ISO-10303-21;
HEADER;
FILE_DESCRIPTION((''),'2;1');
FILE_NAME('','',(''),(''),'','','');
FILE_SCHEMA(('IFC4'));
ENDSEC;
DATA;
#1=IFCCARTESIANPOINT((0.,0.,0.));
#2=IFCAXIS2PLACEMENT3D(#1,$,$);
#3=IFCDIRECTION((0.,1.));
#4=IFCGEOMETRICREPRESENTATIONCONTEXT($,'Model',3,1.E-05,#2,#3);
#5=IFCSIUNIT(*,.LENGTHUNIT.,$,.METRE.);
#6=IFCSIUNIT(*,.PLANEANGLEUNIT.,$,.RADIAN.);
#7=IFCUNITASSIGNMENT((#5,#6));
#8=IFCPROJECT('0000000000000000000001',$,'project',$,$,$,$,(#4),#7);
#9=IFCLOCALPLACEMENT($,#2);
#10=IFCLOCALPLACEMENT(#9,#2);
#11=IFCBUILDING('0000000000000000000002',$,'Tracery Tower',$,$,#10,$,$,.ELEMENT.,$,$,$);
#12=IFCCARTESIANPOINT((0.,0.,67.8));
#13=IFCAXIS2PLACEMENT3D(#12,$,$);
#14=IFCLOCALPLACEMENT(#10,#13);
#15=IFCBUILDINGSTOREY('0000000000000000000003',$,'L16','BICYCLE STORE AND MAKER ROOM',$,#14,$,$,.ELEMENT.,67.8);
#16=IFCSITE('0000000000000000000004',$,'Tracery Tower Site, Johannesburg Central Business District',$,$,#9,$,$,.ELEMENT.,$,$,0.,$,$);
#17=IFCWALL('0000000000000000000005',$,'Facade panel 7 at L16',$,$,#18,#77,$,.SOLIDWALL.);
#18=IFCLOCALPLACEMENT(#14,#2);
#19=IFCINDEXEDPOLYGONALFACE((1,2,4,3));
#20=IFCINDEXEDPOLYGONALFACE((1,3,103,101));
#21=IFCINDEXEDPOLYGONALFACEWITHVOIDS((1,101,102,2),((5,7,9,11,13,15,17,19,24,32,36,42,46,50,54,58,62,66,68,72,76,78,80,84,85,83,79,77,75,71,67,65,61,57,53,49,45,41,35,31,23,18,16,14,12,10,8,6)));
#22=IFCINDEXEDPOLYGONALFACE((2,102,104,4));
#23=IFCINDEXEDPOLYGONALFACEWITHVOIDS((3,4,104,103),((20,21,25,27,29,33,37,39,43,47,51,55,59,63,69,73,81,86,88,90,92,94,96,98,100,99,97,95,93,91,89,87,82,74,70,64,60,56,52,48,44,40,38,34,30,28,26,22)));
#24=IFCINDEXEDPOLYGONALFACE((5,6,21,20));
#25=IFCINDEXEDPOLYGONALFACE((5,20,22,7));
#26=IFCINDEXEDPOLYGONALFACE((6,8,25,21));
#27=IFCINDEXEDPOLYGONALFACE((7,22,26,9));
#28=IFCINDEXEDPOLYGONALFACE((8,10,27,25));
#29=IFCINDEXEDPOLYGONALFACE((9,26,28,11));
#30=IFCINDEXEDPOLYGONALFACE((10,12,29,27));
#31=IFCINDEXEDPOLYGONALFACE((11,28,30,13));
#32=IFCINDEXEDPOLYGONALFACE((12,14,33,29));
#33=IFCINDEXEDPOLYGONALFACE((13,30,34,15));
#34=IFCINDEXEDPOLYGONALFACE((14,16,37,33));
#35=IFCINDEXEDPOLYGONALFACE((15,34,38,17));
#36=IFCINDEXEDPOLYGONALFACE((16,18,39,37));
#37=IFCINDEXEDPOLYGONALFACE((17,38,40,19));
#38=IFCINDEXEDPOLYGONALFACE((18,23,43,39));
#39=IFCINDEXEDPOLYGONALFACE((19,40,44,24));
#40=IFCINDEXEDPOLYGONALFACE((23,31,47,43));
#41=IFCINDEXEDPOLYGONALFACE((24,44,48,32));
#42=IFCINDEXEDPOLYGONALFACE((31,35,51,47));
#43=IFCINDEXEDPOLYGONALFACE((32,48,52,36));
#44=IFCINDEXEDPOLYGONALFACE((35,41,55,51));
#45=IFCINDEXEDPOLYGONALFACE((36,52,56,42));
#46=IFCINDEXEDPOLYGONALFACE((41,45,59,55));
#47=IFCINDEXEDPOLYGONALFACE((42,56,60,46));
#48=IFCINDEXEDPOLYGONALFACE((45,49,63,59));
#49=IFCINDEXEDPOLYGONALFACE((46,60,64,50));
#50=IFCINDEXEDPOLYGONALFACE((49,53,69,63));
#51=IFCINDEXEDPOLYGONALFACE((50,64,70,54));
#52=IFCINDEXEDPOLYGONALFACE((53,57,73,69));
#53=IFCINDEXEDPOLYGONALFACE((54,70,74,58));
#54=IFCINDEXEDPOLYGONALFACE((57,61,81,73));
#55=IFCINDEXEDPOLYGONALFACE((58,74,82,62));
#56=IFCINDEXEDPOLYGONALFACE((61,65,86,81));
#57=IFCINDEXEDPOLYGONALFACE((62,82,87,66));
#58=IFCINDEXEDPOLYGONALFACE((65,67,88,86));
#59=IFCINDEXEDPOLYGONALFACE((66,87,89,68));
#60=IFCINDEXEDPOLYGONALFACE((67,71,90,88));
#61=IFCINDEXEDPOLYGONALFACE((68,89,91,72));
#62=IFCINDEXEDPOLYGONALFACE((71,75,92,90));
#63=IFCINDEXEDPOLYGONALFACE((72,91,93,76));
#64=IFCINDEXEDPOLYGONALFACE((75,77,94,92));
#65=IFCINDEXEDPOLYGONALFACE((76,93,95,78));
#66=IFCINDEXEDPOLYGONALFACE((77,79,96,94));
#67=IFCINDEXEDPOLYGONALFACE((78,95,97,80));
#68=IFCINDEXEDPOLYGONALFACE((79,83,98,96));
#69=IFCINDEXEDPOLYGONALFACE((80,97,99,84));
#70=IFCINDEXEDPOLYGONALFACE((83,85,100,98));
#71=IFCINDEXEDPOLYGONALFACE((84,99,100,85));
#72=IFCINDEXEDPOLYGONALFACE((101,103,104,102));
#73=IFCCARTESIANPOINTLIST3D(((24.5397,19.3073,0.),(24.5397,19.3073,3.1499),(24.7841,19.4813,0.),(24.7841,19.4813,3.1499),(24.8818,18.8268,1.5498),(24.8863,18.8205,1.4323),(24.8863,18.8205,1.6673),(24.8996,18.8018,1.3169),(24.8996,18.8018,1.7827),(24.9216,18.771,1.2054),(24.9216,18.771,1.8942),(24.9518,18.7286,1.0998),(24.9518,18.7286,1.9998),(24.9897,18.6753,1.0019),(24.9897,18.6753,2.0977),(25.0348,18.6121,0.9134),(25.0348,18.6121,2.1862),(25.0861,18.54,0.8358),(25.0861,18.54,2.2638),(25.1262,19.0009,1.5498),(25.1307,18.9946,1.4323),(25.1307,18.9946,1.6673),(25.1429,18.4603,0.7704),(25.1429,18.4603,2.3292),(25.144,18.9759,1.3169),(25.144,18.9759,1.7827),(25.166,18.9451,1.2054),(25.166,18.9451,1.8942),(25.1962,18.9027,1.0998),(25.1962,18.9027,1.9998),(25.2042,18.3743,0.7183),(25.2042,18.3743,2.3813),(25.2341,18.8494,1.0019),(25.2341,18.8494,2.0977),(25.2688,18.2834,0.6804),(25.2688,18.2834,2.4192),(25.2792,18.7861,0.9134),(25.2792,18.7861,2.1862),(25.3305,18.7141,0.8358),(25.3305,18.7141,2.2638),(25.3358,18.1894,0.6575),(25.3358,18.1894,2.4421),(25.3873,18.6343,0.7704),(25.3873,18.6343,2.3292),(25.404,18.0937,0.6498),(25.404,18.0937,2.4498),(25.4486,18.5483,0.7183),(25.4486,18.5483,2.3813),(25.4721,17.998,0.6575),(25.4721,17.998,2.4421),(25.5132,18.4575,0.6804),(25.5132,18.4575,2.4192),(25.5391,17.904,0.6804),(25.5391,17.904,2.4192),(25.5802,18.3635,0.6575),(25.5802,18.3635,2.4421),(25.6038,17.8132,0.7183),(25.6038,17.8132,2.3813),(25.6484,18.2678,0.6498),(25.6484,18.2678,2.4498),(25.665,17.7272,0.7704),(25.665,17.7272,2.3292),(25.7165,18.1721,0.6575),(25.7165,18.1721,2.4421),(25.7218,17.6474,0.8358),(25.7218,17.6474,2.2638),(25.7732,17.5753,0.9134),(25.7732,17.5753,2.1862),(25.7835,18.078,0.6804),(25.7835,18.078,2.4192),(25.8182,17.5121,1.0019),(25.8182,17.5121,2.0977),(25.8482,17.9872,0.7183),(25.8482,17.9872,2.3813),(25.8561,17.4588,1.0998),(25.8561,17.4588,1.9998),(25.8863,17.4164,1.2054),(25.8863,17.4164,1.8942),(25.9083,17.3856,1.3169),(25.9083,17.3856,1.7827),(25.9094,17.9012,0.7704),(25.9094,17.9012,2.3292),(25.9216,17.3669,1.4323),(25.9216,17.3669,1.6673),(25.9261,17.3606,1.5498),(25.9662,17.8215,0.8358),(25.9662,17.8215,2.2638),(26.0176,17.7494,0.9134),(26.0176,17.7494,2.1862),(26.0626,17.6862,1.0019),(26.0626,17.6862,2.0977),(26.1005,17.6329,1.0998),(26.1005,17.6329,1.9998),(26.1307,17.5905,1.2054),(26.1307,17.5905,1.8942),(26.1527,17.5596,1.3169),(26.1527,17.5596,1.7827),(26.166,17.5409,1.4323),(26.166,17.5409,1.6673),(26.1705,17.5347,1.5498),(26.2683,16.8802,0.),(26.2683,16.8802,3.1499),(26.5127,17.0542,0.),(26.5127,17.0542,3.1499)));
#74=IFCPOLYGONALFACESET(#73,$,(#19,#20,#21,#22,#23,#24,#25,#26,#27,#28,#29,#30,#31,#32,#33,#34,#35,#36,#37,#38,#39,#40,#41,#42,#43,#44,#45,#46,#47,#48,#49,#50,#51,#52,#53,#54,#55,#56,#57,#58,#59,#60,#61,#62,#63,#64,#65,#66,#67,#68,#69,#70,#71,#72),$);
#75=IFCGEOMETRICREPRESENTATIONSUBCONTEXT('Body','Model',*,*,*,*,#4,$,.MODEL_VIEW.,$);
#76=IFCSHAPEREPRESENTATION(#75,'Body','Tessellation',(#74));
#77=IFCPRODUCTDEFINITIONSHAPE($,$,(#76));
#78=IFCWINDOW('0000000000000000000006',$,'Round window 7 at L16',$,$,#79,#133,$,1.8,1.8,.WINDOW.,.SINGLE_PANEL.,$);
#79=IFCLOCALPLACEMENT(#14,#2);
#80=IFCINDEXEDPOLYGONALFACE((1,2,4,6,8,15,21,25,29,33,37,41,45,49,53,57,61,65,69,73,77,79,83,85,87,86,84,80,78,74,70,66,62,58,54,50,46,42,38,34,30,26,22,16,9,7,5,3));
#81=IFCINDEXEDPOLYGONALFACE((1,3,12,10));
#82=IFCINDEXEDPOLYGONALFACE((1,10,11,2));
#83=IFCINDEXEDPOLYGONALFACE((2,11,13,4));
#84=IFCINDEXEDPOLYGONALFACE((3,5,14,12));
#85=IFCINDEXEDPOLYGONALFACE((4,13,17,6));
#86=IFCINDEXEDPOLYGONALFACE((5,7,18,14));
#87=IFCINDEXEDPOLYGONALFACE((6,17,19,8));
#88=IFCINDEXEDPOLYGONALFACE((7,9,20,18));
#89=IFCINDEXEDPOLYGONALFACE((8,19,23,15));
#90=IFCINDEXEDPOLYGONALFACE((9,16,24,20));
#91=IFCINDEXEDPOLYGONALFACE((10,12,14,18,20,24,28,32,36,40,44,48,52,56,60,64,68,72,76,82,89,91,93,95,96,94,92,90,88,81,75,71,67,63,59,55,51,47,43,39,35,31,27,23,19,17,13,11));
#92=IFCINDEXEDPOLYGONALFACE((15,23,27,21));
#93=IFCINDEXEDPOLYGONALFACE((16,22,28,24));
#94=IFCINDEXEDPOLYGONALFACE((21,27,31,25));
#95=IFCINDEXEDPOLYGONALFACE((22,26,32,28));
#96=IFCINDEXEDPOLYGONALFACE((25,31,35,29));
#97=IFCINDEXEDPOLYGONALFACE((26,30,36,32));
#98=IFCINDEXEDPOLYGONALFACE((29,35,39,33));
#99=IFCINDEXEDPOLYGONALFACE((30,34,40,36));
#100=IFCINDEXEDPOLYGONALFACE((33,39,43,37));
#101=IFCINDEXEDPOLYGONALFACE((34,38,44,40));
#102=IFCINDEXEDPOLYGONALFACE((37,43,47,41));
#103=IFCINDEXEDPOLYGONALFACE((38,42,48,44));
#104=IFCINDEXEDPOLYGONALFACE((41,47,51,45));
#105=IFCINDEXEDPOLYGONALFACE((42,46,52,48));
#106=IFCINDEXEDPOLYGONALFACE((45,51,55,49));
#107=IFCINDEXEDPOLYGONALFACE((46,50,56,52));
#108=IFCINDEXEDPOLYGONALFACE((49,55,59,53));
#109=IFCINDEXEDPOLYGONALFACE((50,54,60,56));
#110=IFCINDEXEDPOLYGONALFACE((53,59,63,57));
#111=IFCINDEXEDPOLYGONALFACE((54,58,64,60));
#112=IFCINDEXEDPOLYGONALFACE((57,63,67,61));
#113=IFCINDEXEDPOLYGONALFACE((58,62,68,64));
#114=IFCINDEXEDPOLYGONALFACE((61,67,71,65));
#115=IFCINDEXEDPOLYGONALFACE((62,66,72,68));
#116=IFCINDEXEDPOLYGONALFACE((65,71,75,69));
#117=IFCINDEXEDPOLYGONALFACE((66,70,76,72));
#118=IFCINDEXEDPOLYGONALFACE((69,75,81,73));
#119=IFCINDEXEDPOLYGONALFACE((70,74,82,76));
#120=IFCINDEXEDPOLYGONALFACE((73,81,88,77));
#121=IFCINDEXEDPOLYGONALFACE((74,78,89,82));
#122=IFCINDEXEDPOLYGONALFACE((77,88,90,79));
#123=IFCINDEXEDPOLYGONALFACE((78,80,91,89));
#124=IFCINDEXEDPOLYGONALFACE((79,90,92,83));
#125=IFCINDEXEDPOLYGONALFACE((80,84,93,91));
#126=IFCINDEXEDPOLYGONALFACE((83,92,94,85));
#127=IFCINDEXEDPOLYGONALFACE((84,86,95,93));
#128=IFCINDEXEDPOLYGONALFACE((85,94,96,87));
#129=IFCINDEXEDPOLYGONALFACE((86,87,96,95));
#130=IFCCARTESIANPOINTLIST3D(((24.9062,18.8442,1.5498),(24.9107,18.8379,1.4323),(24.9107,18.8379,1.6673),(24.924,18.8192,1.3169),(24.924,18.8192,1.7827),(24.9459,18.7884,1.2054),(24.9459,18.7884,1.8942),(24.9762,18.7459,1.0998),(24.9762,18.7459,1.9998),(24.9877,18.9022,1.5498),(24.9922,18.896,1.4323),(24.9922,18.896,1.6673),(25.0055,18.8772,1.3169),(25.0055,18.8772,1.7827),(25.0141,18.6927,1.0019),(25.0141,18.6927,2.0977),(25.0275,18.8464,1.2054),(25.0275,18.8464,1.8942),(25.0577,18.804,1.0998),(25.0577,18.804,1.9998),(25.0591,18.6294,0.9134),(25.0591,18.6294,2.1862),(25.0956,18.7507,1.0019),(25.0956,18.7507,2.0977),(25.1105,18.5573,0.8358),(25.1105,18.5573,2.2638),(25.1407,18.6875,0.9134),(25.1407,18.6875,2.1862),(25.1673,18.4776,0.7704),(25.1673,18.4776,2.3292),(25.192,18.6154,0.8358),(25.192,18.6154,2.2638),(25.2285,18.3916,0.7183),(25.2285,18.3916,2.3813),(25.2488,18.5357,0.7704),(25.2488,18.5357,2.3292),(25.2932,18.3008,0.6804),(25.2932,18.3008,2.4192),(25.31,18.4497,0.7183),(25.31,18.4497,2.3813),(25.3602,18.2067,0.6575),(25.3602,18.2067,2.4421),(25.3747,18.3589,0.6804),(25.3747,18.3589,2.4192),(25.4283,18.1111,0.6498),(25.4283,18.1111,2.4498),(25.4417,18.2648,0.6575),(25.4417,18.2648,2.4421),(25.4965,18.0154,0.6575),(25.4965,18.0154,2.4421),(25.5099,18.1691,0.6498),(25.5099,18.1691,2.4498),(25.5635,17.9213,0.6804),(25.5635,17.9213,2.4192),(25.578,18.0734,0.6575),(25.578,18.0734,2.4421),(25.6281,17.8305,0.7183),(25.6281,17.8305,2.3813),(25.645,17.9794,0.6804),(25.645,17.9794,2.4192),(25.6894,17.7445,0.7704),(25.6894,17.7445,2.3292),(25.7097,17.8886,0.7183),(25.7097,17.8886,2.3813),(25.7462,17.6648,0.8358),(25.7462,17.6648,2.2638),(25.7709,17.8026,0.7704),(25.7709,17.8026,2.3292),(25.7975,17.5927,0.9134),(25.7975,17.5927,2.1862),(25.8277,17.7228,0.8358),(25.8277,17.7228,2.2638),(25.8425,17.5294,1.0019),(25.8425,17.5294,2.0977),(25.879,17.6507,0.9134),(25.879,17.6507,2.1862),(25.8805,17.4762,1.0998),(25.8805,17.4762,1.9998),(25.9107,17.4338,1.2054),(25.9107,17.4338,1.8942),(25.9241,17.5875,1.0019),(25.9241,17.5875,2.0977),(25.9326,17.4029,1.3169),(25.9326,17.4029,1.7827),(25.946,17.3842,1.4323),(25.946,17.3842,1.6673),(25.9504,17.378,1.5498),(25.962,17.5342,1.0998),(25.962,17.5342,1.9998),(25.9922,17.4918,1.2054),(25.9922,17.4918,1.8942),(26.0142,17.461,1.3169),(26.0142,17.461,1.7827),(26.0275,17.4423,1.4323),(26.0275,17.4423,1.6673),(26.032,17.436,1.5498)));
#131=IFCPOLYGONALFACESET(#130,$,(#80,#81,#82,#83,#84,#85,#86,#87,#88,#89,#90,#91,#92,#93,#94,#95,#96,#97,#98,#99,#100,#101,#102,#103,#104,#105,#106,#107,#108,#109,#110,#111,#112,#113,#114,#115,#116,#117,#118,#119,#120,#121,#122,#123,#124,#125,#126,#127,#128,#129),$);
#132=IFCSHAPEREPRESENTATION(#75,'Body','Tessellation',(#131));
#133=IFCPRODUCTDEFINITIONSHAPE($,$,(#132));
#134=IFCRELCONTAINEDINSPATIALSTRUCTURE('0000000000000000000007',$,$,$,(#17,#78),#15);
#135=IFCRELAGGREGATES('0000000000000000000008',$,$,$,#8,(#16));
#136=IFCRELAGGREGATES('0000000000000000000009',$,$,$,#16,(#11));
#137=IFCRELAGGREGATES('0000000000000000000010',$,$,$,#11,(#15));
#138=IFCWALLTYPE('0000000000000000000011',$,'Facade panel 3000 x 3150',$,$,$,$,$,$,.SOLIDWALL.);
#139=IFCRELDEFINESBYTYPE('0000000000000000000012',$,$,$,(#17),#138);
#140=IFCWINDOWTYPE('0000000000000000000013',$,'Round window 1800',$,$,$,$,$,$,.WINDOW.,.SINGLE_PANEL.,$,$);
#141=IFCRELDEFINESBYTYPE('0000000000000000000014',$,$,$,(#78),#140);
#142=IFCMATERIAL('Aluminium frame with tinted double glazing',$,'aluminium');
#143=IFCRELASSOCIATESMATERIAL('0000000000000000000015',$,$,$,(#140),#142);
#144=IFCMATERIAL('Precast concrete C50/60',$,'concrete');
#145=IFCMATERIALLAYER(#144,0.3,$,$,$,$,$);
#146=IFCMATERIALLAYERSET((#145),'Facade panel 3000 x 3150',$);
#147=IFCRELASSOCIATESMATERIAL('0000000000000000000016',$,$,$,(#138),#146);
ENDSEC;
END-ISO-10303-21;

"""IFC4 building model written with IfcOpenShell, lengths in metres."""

from ifc_helpers import new_model, si_unit, direction, frame, frame_2d, origin, origin_2d, place, context, subcontext, project, spatial, rectangle, circle, extrude, material, layer, layer_set, type_object, element, fill, save


model = new_model("IFC4")

# Units and contexts
model_context = context("Model", 3, precision=1e-05, world=origin(), true_north=direction((0.0, 1.0)))
body_context = subcontext(model_context, "Body", "Model", "MODEL_VIEW")
ifc_project = project(units=[si_unit("LENGTHUNIT", "METRE"), si_unit("PLANEANGLEUNIT", "RADIAN")], contexts=[model_context])

# Site, building, storey
site_placement = place(None, origin())
site = spatial("IfcSite", under=ifc_project, at=site_placement, Name="Tracery Tower Site, Johannesburg Central Business District", CompositionType="ELEMENT", RefElevation=0.0)
building_placement = place(site_placement, origin())
building = spatial("IfcBuilding", under=site, at=building_placement, Name="Tracery Tower", CompositionType="ELEMENT")
storey_placement = place(building_placement, frame((0.0, 0.0, 67.8)))
storey = spatial("IfcBuildingStorey", under=building, at=storey_placement, Name="L16", Description="BICYCLE STORE AND MAKER ROOM", CompositionType="ELEMENT", Elevation=67.8)

# Wall, opening, window
ifc_material_1 = material(Name="Aluminium frame with tinted double glazing", Category="aluminium")
window_type = type_object("IfcWindowType", Name="Round window 1800", PartitioningType="SINGLE_PANEL", PredefinedType="WINDOW", material=ifc_material_1)
ifc_material_2 = material(Name="Precast concrete C50/60", Category="concrete")
ifc_layer_1 = layer(ifc_material_2, 0.3)
ifc_layer_set_1 = layer_set([ifc_layer_1], Name="Facade panel 3000 x 3150")
wall_type_1 = type_object("IfcWallType", Name="Facade panel 3000 x 3150", PredefinedType="SOLIDWALL", material=ifc_layer_set_1)
wall_1_placement = place(storey_placement, frame((26.3904, 16.9673, 0.0), z_axis=(0.0, 0.0, 1.0), x_axis=(-0.580114, 0.814535, 0.0)))
wall_1 = element("IfcWall", 1, at=wall_1_placement, inside=storey, type_object=wall_type_1, Name="Facade panel 7 at L16", PredefinedType="SOLIDWALL", context=body_context, shape_type="SweptSolid", body=[
    extrude(rectangle(XDim=2.9797, YDim=0.3, at=frame_2d((1.4897, 0.0))), origin(), (0.0, 0.0, 1.0), 3.1499),
])
opening_1_placement = place(wall_1_placement, frame((1.4897, 0.0, 1.5498)))
opening_1 = element("IfcOpeningElement", 2, at=opening_1_placement, cuts=wall_1, PredefinedType="OPENING", context=body_context, shape_type="SweptSolid", body=[
    extrude(circle(Radius=0.9, at=origin_2d()), frame((0.0, 0.1599, 0.0), z_axis=(0.0, -1.0, 0.0), x_axis=(1.0, 0.0, 0.0)), (0.0, 0.0, 1.0), 0.3201),
])
window_1_placement = place(opening_1_placement, origin())
window_1 = element("IfcWindow", 3, at=window_1_placement, inside=storey, type_object=window_type, Name="Round window 7 at L16", OverallHeight=1.8, OverallWidth=1.8, PartitioningType="SINGLE_PANEL", PredefinedType="WINDOW", context=body_context, shape_type="SweptSolid", body=[
    extrude(circle(Radius=0.9, at=origin_2d()), frame((0.0, 0.1201, 0.0), z_axis=(0.0, -1.0, 0.0), x_axis=(1.0, 0.0, 0.0)), (0.0, 0.0, 1.0), 0.1001),
])
fill(opening_1, window_1)

save(model, "model.ifc")
